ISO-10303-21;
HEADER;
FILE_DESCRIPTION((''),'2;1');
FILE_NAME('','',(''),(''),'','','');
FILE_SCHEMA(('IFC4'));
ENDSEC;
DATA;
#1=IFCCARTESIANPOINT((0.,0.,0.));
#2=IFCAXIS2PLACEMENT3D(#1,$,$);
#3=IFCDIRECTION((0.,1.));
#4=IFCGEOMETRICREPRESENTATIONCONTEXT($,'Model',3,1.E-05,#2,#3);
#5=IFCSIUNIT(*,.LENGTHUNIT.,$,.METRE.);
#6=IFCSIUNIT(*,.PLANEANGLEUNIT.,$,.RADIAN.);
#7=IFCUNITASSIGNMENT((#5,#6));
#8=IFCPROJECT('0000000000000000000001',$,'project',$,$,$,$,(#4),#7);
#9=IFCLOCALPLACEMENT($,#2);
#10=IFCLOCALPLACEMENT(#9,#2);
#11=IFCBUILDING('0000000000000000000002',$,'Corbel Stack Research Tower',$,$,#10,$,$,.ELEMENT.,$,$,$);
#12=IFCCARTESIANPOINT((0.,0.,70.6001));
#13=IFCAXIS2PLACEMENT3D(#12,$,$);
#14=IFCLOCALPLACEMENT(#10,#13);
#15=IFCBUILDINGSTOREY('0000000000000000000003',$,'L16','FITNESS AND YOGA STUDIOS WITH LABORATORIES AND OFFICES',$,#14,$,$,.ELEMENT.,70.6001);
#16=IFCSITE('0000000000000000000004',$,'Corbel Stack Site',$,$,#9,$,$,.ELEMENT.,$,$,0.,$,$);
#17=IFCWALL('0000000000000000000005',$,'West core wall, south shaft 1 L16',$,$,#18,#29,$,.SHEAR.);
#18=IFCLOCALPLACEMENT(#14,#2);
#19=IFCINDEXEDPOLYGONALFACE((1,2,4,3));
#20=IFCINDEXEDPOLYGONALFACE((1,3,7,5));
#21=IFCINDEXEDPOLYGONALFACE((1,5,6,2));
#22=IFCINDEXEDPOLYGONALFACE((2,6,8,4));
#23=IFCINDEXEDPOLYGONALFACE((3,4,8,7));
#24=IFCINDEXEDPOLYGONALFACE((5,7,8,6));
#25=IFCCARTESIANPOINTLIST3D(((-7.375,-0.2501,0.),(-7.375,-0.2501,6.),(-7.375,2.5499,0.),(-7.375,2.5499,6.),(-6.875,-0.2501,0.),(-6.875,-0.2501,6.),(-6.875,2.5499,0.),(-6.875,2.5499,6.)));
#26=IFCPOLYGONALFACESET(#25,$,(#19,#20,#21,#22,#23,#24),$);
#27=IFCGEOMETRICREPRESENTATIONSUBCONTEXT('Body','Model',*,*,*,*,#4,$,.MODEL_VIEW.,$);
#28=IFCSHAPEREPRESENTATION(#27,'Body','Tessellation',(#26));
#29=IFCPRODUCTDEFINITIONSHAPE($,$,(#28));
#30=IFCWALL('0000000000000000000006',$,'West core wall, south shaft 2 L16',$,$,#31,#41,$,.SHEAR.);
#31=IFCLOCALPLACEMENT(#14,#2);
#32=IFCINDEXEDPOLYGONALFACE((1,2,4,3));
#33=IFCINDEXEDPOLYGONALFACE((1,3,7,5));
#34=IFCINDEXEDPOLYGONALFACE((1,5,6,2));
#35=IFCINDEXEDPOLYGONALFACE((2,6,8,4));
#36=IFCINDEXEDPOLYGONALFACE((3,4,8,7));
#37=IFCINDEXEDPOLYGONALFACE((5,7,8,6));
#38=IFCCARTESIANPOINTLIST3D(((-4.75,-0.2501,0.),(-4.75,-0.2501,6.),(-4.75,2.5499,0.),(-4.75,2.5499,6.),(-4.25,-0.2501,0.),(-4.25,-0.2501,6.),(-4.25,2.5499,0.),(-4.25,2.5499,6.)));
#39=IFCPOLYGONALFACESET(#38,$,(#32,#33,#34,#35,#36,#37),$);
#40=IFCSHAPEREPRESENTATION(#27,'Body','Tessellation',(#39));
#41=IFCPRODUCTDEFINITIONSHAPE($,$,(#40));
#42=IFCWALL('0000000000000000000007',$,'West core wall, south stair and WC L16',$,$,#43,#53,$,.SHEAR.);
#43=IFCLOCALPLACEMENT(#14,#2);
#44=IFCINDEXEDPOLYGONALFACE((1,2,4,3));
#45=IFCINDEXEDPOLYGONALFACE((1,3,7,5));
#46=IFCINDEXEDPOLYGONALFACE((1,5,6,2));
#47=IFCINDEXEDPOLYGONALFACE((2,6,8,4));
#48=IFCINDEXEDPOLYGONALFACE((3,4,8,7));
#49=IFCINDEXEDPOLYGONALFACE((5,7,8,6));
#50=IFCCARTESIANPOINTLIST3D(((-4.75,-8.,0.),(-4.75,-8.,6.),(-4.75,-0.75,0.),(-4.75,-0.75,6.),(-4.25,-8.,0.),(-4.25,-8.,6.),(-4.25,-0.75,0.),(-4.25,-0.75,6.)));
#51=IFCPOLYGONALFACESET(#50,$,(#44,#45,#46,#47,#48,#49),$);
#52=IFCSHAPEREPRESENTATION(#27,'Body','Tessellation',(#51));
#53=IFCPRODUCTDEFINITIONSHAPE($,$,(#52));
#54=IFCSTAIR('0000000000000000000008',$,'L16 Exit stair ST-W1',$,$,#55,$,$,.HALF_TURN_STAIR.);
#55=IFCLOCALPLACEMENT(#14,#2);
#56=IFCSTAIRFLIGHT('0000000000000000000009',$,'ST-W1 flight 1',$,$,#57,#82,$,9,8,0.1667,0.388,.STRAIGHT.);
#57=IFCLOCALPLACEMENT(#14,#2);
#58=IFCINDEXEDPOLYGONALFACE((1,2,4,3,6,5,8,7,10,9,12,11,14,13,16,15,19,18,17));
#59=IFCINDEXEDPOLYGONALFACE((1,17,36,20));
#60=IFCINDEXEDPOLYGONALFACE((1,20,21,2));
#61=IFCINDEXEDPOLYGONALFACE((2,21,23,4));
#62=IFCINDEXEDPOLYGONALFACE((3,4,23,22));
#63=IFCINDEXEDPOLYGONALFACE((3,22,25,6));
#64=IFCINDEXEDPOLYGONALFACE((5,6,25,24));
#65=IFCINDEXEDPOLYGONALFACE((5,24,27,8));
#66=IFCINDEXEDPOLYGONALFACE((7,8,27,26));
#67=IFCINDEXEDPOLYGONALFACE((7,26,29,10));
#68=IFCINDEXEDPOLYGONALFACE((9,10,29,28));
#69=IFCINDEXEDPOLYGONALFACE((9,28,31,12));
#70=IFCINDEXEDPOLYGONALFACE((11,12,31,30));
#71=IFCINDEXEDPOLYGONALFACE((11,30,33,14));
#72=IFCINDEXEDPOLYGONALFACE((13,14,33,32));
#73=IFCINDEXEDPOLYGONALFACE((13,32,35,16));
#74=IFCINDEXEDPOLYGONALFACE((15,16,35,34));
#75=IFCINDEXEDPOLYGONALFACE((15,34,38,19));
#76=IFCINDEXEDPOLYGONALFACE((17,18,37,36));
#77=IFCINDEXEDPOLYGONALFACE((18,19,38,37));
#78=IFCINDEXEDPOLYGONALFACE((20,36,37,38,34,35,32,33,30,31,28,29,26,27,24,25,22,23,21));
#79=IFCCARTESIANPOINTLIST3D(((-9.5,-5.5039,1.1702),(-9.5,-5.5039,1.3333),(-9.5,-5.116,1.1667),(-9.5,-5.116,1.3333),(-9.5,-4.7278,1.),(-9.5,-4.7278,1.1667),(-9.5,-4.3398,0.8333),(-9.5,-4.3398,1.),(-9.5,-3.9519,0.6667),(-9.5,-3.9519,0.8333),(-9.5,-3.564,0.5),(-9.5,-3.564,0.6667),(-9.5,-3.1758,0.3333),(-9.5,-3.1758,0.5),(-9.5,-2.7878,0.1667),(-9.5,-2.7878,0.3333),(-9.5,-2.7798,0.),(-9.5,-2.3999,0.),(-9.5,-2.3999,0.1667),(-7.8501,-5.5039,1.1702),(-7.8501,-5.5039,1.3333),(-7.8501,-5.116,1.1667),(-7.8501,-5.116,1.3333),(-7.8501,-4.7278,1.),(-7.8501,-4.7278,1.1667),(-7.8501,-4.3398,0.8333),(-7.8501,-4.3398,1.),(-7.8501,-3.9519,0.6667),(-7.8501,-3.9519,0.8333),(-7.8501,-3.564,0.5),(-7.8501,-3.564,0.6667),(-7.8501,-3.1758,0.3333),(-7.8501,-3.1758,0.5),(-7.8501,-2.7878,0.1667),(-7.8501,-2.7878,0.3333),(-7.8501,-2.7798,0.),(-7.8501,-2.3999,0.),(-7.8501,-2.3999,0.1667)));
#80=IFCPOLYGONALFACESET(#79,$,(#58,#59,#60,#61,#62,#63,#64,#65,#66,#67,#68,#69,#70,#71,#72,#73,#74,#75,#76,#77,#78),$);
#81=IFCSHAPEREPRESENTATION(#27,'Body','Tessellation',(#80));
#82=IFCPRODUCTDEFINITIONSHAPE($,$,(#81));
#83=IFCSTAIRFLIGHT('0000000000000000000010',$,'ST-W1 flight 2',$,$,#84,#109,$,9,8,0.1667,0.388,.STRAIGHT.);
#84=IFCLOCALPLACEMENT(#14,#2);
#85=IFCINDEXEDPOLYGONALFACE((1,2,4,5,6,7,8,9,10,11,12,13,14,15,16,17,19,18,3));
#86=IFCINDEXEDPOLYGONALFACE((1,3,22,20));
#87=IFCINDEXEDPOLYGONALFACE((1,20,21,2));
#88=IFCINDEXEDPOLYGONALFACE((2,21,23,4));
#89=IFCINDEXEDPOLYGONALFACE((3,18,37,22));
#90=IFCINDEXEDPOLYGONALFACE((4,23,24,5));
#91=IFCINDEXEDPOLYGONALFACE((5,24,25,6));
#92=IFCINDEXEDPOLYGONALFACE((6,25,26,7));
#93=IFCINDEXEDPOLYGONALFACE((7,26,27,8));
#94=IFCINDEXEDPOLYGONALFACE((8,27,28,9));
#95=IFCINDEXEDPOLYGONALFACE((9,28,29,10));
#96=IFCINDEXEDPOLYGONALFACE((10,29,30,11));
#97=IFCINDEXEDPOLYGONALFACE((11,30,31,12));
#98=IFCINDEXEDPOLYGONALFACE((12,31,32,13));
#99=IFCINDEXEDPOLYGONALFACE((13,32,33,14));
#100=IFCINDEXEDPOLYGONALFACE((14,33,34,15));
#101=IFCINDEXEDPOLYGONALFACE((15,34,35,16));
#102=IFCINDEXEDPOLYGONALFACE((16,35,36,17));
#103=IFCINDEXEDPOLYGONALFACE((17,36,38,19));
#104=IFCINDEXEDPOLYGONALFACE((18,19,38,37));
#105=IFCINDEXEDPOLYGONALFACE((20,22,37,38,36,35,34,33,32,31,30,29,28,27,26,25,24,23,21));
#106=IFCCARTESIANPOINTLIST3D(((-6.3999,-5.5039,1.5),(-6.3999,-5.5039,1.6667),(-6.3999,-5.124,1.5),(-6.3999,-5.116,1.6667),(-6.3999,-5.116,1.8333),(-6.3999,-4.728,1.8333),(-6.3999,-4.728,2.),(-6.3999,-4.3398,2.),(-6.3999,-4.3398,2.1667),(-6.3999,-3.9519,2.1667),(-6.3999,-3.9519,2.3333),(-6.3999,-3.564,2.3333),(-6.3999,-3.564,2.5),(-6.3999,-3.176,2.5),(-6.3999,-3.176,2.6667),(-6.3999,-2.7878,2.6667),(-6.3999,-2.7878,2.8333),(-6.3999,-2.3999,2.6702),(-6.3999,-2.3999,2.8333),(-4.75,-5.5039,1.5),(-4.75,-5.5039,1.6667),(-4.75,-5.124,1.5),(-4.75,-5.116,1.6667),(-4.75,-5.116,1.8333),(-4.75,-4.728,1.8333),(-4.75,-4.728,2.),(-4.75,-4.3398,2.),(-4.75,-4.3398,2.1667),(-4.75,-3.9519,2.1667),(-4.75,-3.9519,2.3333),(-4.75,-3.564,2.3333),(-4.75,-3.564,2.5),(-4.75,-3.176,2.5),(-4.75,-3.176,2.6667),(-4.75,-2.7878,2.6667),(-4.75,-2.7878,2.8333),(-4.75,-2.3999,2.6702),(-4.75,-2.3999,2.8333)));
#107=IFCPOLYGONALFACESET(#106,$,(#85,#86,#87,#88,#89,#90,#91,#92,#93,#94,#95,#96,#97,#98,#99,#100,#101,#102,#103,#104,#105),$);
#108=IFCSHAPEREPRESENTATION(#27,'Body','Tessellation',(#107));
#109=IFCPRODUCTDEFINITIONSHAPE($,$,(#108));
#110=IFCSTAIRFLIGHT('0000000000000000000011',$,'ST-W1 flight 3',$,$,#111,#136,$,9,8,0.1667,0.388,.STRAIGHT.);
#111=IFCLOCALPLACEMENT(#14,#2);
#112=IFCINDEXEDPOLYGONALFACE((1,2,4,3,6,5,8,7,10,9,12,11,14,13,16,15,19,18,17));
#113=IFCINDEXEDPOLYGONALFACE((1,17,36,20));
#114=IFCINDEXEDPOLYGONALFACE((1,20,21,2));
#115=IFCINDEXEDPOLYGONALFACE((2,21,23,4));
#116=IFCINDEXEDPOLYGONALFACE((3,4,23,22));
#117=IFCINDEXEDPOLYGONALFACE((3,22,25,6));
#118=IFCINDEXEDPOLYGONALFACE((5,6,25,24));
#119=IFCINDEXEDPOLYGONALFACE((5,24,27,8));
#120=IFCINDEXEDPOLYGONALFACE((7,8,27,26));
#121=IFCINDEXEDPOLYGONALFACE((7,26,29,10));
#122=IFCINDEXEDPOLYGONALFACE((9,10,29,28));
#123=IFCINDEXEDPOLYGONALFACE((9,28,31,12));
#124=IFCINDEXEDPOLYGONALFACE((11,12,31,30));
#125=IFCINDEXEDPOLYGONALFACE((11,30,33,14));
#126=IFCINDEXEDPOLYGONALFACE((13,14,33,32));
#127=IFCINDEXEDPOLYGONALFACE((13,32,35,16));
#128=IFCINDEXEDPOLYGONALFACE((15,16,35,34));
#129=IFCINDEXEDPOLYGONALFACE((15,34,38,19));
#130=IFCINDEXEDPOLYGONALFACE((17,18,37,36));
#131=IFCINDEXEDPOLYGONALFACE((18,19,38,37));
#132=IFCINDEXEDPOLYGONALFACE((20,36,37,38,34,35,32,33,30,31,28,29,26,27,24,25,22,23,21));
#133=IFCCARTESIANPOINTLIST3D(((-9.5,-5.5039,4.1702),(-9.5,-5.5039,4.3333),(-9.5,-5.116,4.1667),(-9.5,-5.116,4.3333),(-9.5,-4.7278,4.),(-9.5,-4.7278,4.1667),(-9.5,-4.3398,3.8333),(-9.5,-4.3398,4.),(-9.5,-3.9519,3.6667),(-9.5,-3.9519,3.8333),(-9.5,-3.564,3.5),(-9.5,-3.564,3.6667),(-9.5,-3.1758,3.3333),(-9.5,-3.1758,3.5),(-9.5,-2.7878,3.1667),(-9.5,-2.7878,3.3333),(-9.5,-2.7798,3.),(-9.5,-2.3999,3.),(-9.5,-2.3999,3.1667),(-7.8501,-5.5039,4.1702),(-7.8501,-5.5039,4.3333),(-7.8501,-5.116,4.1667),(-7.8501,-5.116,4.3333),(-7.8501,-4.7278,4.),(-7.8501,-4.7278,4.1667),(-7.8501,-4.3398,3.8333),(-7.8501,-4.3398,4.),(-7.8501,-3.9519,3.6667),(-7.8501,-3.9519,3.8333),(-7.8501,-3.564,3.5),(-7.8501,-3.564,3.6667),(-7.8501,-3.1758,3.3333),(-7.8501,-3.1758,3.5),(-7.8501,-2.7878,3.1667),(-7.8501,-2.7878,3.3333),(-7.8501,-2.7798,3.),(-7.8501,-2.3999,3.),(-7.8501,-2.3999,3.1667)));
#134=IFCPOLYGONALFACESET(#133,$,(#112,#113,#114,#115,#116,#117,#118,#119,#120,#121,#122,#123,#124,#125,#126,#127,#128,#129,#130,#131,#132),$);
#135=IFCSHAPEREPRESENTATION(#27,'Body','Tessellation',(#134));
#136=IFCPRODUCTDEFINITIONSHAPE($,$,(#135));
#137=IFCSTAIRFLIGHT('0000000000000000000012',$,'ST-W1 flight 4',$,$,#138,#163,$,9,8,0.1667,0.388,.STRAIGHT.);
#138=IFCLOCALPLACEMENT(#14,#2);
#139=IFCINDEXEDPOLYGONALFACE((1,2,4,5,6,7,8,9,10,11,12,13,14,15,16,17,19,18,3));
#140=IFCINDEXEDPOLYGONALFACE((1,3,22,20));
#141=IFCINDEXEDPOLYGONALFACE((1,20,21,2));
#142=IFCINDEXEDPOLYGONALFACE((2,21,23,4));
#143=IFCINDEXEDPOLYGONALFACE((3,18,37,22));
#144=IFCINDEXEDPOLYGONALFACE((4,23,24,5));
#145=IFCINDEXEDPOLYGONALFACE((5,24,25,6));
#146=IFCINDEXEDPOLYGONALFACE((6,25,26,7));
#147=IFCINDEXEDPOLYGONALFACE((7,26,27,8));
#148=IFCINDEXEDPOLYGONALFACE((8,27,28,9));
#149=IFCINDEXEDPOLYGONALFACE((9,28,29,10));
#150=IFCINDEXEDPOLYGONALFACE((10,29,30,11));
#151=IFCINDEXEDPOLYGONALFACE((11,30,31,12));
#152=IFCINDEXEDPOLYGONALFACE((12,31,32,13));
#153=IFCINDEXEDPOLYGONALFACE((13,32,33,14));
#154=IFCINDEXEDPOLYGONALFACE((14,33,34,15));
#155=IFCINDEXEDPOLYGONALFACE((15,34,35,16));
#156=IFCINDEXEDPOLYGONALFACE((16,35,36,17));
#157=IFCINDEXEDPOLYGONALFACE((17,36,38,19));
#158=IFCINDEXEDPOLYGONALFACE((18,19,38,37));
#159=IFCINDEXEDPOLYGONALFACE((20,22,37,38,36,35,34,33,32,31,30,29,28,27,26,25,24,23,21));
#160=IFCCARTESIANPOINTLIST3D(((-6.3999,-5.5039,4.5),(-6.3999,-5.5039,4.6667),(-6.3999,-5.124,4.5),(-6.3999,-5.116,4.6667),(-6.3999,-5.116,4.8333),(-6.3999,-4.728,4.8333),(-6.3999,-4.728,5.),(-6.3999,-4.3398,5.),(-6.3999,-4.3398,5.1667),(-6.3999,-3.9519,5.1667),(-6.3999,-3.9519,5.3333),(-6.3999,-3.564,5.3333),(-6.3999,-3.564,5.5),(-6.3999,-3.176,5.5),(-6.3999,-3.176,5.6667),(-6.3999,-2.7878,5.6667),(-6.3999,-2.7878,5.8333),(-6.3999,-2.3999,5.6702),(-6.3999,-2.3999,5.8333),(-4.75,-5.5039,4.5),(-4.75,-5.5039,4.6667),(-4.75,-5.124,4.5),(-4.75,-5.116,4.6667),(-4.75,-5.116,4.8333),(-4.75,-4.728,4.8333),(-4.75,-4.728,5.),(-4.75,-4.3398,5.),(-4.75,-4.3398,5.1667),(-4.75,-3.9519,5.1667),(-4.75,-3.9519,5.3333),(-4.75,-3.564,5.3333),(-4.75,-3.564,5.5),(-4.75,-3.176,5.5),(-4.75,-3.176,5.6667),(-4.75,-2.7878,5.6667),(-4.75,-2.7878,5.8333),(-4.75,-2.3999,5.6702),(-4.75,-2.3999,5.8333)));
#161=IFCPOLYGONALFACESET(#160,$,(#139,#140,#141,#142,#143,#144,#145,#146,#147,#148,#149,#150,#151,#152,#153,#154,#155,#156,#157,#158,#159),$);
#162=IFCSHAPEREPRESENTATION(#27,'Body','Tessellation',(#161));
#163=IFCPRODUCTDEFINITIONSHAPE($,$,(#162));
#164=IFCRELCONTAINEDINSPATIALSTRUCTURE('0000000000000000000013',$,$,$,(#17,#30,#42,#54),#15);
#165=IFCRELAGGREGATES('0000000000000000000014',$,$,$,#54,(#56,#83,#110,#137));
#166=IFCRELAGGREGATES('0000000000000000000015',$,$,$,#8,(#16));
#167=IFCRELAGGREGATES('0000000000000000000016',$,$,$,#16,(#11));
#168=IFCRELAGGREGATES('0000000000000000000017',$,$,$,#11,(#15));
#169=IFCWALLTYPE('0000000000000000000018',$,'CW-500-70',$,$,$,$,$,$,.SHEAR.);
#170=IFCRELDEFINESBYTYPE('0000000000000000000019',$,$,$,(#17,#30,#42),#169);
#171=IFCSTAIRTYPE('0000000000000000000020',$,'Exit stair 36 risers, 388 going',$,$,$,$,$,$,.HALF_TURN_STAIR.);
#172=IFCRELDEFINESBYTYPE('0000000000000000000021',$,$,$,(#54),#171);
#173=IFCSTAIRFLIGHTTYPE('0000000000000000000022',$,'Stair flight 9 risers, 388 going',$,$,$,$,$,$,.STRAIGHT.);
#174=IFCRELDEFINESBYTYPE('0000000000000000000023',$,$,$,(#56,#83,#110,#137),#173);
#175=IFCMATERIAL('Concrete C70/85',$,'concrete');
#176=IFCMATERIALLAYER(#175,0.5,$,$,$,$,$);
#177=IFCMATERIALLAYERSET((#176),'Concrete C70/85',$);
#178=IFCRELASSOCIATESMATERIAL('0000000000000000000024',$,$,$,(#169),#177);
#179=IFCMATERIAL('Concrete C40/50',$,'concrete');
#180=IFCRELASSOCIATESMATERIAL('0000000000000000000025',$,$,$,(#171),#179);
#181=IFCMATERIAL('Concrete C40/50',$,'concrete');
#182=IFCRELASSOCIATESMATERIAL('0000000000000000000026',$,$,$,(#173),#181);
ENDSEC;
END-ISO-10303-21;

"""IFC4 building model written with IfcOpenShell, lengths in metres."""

from ifc_helpers import new_model, si_unit, direction, frame, frame_2d, origin, place, context, subcontext, project, spatial, polyline, rectangle, outline, extrude, material, layer, layer_set, type_object, element, aggregate, save


model = new_model("IFC4")

# Units and contexts
model_context = context("Model", 3, precision=1e-05, world=origin(), true_north=direction((0.0, 1.0)))
body_context = subcontext(model_context, "Body", "Model", "MODEL_VIEW")
ifc_project = project(units=[si_unit("LENGTHUNIT", "METRE"), si_unit("PLANEANGLEUNIT", "RADIAN")], contexts=[model_context])

# Site, building, storey
site_placement = place(None, origin())
site = spatial("IfcSite", under=ifc_project, at=site_placement, Name="Corbel Stack Site", CompositionType="ELEMENT", RefElevation=0.0)
building_placement = place(site_placement, origin())
building = spatial("IfcBuilding", under=site, at=building_placement, Name="Corbel Stack Research Tower", CompositionType="ELEMENT")
storey_placement = place(building_placement, frame((0.0, 0.0, 70.6001)))
storey = spatial("IfcBuildingStorey", under=building, at=storey_placement, Name="L16", Description="FITNESS AND YOGA STUDIOS WITH LABORATORIES AND OFFICES", CompositionType="ELEMENT", Elevation=70.6001)

# Walls
ifc_material_1 = material(Name="Concrete C70/85", Category="concrete")
ifc_layer = layer(ifc_material_1, 0.5)
ifc_layer_set = layer_set([ifc_layer], Name="Concrete C70/85")
wall_type = type_object("IfcWallType", Name="CW-500-70", PredefinedType="SHEAR", material=ifc_layer_set)
for number, where, z_axis, x_axis, name in (
    (1, (-7.125, -0.25, 0.0), (0.0, 0.0, 1.0), (0.0, 1.0, 0.0), "West core wall, south shaft 1 L16"),
    (2, (-4.5, -0.25, 0.0), (0.0, 0.0, 1.0), (0.0, 1.0, 0.0), "West core wall, south shaft 2 L16"),
):
    element("IfcWall", number, at=place(storey_placement, frame(where, z_axis=z_axis, x_axis=x_axis)), inside=storey, type_object=wall_type, Name=name, PredefinedType="SHEAR", context=body_context, shape_type="SweptSolid", body=[
        extrude(rectangle(XDim=2.8, YDim=0.5, at=frame_2d((1.3999, 0.0))), origin(), (0.0, 0.0, 1.0), 6.0),
    ])
wall_placement = place(storey_placement, frame((-4.5, -8.0, 0.0), z_axis=(0.0, 0.0, 1.0), x_axis=(0.0, 1.0, 0.0)))
element("IfcWall", 3, at=wall_placement, inside=storey, type_object=wall_type, Name="West core wall, south stair and WC L16", PredefinedType="SHEAR", context=body_context, shape_type="SweptSolid", body=[
    extrude(rectangle(XDim=7.25, YDim=0.5, at=frame_2d((3.625, 0.0))), origin(), (0.0, 0.0, 1.0), 6.0),
])

# Stair, stair flights
ifc_material_2 = material(Name="Concrete C40/50", Category="concrete")
stair_type = type_object("IfcStairType", Name="Exit stair 36 risers, 388 going", PredefinedType="HALF_TURN_STAIR", material=ifc_material_2)
stair_placement = place(storey_placement, origin())
stair = element("IfcStair", 4, at=stair_placement, inside=storey, type_object=stair_type, Name="L16 Exit stair ST-W1", PredefinedType="HALF_TURN_STAIR")
ifc_material_3 = material(Name="Concrete C40/50", Category="concrete")
stair_flight_type = type_object("IfcStairFlightType", Name="Stair flight 9 risers, 388 going", PredefinedType="STRAIGHT", material=ifc_material_3)
stair_flight_1_placement = place(storey_placement, frame((-8.675, -2.3999, 0.0), z_axis=(0.0, 0.0, 1.0), x_axis=(0.0, -1.0, 0.0)))
stair_flight_1 = element("IfcStairFlight", 5, at=stair_flight_1_placement, type_object=stair_flight_type, Name="ST-W1 flight 1", NumberOfRisers=9, NumberOfTreads=8, PredefinedType="STRAIGHT", RiserHeight=0.1667, TreadLength=0.388, context=body_context, shape_type="SweptSolid", body=[
    extrude(outline(polyline([(0.0, 0.0), (0.0, 0.1667), (0.3879, 0.1667), (0.3879, 0.3333), (0.7759, 0.3333), (0.7759, 0.5), (1.1641, 0.5), (1.1641, 0.6667), (1.552, 0.6667), (1.552, 0.8333), (1.9399, 0.8333), (1.9399, 1.0), (2.3279, 1.0), (2.3279, 1.1667), (2.7161, 1.1667), (2.7161, 1.3333), (3.104, 1.3333), (3.104, 1.5), (3.104, 1.1702), (0.3799, 0.0), (0.0, 0.0)])), frame((0.0, 0.825, 0.0), z_axis=(0.0, -1.0, 0.0), x_axis=(1.0, 0.0, 0.0)), (0.0, 0.0, 1.0), 1.6499),
])
stair_flight_2_placement = place(storey_placement, frame((-5.575, -5.5039, 1.5), z_axis=(0.0, 0.0, 1.0), x_axis=(0.0, 1.0, 0.0)))
stair_flight_2 = element("IfcStairFlight", 6, at=stair_flight_2_placement, type_object=stair_flight_type, Name="ST-W1 flight 2", NumberOfRisers=9, NumberOfTreads=8, PredefinedType="STRAIGHT", RiserHeight=0.1667, TreadLength=0.388, context=body_context, shape_type="SweptSolid", body=[
    extrude(outline(polyline([(0.0, 0.0), (0.0, 0.1667), (0.3879, 0.1667), (0.3879, 0.3333), (0.7759, 0.3333), (0.7759, 0.5), (1.1641, 0.5), (1.1641, 0.6667), (1.552, 0.6667), (1.552, 0.8333), (1.9399, 0.8333), (1.9399, 1.0), (2.3279, 1.0), (2.3279, 1.1667), (2.7161, 1.1667), (2.7161, 1.3333), (3.104, 1.3333), (3.104, 1.5), (3.104, 1.1702), (0.3799, 0.0), (0.0, 0.0)])), frame((0.0, 0.825, 0.0), z_axis=(0.0, -1.0, 0.0), x_axis=(1.0, 0.0, 0.0)), (0.0, 0.0, 1.0), 1.6499),
])
stair_flight_3_placement = place(storey_placement, frame((-8.675, -2.3999, 3.0), z_axis=(0.0, 0.0, 1.0), x_axis=(0.0, -1.0, 0.0)))
stair_flight_3 = element("IfcStairFlight", 7, at=stair_flight_3_placement, type_object=stair_flight_type, Name="ST-W1 flight 3", NumberOfRisers=9, NumberOfTreads=8, PredefinedType="STRAIGHT", RiserHeight=0.1667, TreadLength=0.388, context=body_context, shape_type="SweptSolid", body=[
    extrude(outline(polyline([(0.0, 0.0), (0.0, 0.1667), (0.3879, 0.1667), (0.3879, 0.3333), (0.7759, 0.3333), (0.7759, 0.5), (1.1641, 0.5), (1.1641, 0.6667), (1.552, 0.6667), (1.552, 0.8333), (1.9399, 0.8333), (1.9399, 1.0), (2.3279, 1.0), (2.3279, 1.1667), (2.7161, 1.1667), (2.7161, 1.3333), (3.104, 1.3333), (3.104, 1.5), (3.104, 1.1702), (0.3799, 0.0), (0.0, 0.0)])), frame((0.0, 0.825, 0.0), z_axis=(0.0, -1.0, 0.0), x_axis=(1.0, 0.0, 0.0)), (0.0, 0.0, 1.0), 1.6499),
])
stair_flight_4_placement = place(storey_placement, frame((-5.575, -5.5039, 4.5), z_axis=(0.0, 0.0, 1.0), x_axis=(0.0, 1.0, 0.0)))
stair_flight_4 = element("IfcStairFlight", 8, at=stair_flight_4_placement, type_object=stair_flight_type, Name="ST-W1 flight 4", NumberOfRisers=9, NumberOfTreads=8, PredefinedType="STRAIGHT", RiserHeight=0.1667, TreadLength=0.388, context=body_context, shape_type="SweptSolid", body=[
    extrude(outline(polyline([(0.0, 0.0), (0.0, 0.1667), (0.3879, 0.1667), (0.3879, 0.3333), (0.7759, 0.3333), (0.7759, 0.5), (1.1641, 0.5), (1.1641, 0.6667), (1.552, 0.6667), (1.552, 0.8333), (1.9399, 0.8333), (1.9399, 1.0), (2.3279, 1.0), (2.3279, 1.1667), (2.7161, 1.1667), (2.7161, 1.3333), (3.104, 1.3333), (3.104, 1.5), (3.104, 1.1702), (0.3799, 0.0), (0.0, 0.0)])), frame((0.0, 0.825, 0.0), z_axis=(0.0, -1.0, 0.0), x_axis=(1.0, 0.0, 0.0)), (0.0, 0.0, 1.0), 1.6499),
])
aggregate(stair, [stair_flight_1, stair_flight_2, stair_flight_3, stair_flight_4])

save(model, "model.ifc")
